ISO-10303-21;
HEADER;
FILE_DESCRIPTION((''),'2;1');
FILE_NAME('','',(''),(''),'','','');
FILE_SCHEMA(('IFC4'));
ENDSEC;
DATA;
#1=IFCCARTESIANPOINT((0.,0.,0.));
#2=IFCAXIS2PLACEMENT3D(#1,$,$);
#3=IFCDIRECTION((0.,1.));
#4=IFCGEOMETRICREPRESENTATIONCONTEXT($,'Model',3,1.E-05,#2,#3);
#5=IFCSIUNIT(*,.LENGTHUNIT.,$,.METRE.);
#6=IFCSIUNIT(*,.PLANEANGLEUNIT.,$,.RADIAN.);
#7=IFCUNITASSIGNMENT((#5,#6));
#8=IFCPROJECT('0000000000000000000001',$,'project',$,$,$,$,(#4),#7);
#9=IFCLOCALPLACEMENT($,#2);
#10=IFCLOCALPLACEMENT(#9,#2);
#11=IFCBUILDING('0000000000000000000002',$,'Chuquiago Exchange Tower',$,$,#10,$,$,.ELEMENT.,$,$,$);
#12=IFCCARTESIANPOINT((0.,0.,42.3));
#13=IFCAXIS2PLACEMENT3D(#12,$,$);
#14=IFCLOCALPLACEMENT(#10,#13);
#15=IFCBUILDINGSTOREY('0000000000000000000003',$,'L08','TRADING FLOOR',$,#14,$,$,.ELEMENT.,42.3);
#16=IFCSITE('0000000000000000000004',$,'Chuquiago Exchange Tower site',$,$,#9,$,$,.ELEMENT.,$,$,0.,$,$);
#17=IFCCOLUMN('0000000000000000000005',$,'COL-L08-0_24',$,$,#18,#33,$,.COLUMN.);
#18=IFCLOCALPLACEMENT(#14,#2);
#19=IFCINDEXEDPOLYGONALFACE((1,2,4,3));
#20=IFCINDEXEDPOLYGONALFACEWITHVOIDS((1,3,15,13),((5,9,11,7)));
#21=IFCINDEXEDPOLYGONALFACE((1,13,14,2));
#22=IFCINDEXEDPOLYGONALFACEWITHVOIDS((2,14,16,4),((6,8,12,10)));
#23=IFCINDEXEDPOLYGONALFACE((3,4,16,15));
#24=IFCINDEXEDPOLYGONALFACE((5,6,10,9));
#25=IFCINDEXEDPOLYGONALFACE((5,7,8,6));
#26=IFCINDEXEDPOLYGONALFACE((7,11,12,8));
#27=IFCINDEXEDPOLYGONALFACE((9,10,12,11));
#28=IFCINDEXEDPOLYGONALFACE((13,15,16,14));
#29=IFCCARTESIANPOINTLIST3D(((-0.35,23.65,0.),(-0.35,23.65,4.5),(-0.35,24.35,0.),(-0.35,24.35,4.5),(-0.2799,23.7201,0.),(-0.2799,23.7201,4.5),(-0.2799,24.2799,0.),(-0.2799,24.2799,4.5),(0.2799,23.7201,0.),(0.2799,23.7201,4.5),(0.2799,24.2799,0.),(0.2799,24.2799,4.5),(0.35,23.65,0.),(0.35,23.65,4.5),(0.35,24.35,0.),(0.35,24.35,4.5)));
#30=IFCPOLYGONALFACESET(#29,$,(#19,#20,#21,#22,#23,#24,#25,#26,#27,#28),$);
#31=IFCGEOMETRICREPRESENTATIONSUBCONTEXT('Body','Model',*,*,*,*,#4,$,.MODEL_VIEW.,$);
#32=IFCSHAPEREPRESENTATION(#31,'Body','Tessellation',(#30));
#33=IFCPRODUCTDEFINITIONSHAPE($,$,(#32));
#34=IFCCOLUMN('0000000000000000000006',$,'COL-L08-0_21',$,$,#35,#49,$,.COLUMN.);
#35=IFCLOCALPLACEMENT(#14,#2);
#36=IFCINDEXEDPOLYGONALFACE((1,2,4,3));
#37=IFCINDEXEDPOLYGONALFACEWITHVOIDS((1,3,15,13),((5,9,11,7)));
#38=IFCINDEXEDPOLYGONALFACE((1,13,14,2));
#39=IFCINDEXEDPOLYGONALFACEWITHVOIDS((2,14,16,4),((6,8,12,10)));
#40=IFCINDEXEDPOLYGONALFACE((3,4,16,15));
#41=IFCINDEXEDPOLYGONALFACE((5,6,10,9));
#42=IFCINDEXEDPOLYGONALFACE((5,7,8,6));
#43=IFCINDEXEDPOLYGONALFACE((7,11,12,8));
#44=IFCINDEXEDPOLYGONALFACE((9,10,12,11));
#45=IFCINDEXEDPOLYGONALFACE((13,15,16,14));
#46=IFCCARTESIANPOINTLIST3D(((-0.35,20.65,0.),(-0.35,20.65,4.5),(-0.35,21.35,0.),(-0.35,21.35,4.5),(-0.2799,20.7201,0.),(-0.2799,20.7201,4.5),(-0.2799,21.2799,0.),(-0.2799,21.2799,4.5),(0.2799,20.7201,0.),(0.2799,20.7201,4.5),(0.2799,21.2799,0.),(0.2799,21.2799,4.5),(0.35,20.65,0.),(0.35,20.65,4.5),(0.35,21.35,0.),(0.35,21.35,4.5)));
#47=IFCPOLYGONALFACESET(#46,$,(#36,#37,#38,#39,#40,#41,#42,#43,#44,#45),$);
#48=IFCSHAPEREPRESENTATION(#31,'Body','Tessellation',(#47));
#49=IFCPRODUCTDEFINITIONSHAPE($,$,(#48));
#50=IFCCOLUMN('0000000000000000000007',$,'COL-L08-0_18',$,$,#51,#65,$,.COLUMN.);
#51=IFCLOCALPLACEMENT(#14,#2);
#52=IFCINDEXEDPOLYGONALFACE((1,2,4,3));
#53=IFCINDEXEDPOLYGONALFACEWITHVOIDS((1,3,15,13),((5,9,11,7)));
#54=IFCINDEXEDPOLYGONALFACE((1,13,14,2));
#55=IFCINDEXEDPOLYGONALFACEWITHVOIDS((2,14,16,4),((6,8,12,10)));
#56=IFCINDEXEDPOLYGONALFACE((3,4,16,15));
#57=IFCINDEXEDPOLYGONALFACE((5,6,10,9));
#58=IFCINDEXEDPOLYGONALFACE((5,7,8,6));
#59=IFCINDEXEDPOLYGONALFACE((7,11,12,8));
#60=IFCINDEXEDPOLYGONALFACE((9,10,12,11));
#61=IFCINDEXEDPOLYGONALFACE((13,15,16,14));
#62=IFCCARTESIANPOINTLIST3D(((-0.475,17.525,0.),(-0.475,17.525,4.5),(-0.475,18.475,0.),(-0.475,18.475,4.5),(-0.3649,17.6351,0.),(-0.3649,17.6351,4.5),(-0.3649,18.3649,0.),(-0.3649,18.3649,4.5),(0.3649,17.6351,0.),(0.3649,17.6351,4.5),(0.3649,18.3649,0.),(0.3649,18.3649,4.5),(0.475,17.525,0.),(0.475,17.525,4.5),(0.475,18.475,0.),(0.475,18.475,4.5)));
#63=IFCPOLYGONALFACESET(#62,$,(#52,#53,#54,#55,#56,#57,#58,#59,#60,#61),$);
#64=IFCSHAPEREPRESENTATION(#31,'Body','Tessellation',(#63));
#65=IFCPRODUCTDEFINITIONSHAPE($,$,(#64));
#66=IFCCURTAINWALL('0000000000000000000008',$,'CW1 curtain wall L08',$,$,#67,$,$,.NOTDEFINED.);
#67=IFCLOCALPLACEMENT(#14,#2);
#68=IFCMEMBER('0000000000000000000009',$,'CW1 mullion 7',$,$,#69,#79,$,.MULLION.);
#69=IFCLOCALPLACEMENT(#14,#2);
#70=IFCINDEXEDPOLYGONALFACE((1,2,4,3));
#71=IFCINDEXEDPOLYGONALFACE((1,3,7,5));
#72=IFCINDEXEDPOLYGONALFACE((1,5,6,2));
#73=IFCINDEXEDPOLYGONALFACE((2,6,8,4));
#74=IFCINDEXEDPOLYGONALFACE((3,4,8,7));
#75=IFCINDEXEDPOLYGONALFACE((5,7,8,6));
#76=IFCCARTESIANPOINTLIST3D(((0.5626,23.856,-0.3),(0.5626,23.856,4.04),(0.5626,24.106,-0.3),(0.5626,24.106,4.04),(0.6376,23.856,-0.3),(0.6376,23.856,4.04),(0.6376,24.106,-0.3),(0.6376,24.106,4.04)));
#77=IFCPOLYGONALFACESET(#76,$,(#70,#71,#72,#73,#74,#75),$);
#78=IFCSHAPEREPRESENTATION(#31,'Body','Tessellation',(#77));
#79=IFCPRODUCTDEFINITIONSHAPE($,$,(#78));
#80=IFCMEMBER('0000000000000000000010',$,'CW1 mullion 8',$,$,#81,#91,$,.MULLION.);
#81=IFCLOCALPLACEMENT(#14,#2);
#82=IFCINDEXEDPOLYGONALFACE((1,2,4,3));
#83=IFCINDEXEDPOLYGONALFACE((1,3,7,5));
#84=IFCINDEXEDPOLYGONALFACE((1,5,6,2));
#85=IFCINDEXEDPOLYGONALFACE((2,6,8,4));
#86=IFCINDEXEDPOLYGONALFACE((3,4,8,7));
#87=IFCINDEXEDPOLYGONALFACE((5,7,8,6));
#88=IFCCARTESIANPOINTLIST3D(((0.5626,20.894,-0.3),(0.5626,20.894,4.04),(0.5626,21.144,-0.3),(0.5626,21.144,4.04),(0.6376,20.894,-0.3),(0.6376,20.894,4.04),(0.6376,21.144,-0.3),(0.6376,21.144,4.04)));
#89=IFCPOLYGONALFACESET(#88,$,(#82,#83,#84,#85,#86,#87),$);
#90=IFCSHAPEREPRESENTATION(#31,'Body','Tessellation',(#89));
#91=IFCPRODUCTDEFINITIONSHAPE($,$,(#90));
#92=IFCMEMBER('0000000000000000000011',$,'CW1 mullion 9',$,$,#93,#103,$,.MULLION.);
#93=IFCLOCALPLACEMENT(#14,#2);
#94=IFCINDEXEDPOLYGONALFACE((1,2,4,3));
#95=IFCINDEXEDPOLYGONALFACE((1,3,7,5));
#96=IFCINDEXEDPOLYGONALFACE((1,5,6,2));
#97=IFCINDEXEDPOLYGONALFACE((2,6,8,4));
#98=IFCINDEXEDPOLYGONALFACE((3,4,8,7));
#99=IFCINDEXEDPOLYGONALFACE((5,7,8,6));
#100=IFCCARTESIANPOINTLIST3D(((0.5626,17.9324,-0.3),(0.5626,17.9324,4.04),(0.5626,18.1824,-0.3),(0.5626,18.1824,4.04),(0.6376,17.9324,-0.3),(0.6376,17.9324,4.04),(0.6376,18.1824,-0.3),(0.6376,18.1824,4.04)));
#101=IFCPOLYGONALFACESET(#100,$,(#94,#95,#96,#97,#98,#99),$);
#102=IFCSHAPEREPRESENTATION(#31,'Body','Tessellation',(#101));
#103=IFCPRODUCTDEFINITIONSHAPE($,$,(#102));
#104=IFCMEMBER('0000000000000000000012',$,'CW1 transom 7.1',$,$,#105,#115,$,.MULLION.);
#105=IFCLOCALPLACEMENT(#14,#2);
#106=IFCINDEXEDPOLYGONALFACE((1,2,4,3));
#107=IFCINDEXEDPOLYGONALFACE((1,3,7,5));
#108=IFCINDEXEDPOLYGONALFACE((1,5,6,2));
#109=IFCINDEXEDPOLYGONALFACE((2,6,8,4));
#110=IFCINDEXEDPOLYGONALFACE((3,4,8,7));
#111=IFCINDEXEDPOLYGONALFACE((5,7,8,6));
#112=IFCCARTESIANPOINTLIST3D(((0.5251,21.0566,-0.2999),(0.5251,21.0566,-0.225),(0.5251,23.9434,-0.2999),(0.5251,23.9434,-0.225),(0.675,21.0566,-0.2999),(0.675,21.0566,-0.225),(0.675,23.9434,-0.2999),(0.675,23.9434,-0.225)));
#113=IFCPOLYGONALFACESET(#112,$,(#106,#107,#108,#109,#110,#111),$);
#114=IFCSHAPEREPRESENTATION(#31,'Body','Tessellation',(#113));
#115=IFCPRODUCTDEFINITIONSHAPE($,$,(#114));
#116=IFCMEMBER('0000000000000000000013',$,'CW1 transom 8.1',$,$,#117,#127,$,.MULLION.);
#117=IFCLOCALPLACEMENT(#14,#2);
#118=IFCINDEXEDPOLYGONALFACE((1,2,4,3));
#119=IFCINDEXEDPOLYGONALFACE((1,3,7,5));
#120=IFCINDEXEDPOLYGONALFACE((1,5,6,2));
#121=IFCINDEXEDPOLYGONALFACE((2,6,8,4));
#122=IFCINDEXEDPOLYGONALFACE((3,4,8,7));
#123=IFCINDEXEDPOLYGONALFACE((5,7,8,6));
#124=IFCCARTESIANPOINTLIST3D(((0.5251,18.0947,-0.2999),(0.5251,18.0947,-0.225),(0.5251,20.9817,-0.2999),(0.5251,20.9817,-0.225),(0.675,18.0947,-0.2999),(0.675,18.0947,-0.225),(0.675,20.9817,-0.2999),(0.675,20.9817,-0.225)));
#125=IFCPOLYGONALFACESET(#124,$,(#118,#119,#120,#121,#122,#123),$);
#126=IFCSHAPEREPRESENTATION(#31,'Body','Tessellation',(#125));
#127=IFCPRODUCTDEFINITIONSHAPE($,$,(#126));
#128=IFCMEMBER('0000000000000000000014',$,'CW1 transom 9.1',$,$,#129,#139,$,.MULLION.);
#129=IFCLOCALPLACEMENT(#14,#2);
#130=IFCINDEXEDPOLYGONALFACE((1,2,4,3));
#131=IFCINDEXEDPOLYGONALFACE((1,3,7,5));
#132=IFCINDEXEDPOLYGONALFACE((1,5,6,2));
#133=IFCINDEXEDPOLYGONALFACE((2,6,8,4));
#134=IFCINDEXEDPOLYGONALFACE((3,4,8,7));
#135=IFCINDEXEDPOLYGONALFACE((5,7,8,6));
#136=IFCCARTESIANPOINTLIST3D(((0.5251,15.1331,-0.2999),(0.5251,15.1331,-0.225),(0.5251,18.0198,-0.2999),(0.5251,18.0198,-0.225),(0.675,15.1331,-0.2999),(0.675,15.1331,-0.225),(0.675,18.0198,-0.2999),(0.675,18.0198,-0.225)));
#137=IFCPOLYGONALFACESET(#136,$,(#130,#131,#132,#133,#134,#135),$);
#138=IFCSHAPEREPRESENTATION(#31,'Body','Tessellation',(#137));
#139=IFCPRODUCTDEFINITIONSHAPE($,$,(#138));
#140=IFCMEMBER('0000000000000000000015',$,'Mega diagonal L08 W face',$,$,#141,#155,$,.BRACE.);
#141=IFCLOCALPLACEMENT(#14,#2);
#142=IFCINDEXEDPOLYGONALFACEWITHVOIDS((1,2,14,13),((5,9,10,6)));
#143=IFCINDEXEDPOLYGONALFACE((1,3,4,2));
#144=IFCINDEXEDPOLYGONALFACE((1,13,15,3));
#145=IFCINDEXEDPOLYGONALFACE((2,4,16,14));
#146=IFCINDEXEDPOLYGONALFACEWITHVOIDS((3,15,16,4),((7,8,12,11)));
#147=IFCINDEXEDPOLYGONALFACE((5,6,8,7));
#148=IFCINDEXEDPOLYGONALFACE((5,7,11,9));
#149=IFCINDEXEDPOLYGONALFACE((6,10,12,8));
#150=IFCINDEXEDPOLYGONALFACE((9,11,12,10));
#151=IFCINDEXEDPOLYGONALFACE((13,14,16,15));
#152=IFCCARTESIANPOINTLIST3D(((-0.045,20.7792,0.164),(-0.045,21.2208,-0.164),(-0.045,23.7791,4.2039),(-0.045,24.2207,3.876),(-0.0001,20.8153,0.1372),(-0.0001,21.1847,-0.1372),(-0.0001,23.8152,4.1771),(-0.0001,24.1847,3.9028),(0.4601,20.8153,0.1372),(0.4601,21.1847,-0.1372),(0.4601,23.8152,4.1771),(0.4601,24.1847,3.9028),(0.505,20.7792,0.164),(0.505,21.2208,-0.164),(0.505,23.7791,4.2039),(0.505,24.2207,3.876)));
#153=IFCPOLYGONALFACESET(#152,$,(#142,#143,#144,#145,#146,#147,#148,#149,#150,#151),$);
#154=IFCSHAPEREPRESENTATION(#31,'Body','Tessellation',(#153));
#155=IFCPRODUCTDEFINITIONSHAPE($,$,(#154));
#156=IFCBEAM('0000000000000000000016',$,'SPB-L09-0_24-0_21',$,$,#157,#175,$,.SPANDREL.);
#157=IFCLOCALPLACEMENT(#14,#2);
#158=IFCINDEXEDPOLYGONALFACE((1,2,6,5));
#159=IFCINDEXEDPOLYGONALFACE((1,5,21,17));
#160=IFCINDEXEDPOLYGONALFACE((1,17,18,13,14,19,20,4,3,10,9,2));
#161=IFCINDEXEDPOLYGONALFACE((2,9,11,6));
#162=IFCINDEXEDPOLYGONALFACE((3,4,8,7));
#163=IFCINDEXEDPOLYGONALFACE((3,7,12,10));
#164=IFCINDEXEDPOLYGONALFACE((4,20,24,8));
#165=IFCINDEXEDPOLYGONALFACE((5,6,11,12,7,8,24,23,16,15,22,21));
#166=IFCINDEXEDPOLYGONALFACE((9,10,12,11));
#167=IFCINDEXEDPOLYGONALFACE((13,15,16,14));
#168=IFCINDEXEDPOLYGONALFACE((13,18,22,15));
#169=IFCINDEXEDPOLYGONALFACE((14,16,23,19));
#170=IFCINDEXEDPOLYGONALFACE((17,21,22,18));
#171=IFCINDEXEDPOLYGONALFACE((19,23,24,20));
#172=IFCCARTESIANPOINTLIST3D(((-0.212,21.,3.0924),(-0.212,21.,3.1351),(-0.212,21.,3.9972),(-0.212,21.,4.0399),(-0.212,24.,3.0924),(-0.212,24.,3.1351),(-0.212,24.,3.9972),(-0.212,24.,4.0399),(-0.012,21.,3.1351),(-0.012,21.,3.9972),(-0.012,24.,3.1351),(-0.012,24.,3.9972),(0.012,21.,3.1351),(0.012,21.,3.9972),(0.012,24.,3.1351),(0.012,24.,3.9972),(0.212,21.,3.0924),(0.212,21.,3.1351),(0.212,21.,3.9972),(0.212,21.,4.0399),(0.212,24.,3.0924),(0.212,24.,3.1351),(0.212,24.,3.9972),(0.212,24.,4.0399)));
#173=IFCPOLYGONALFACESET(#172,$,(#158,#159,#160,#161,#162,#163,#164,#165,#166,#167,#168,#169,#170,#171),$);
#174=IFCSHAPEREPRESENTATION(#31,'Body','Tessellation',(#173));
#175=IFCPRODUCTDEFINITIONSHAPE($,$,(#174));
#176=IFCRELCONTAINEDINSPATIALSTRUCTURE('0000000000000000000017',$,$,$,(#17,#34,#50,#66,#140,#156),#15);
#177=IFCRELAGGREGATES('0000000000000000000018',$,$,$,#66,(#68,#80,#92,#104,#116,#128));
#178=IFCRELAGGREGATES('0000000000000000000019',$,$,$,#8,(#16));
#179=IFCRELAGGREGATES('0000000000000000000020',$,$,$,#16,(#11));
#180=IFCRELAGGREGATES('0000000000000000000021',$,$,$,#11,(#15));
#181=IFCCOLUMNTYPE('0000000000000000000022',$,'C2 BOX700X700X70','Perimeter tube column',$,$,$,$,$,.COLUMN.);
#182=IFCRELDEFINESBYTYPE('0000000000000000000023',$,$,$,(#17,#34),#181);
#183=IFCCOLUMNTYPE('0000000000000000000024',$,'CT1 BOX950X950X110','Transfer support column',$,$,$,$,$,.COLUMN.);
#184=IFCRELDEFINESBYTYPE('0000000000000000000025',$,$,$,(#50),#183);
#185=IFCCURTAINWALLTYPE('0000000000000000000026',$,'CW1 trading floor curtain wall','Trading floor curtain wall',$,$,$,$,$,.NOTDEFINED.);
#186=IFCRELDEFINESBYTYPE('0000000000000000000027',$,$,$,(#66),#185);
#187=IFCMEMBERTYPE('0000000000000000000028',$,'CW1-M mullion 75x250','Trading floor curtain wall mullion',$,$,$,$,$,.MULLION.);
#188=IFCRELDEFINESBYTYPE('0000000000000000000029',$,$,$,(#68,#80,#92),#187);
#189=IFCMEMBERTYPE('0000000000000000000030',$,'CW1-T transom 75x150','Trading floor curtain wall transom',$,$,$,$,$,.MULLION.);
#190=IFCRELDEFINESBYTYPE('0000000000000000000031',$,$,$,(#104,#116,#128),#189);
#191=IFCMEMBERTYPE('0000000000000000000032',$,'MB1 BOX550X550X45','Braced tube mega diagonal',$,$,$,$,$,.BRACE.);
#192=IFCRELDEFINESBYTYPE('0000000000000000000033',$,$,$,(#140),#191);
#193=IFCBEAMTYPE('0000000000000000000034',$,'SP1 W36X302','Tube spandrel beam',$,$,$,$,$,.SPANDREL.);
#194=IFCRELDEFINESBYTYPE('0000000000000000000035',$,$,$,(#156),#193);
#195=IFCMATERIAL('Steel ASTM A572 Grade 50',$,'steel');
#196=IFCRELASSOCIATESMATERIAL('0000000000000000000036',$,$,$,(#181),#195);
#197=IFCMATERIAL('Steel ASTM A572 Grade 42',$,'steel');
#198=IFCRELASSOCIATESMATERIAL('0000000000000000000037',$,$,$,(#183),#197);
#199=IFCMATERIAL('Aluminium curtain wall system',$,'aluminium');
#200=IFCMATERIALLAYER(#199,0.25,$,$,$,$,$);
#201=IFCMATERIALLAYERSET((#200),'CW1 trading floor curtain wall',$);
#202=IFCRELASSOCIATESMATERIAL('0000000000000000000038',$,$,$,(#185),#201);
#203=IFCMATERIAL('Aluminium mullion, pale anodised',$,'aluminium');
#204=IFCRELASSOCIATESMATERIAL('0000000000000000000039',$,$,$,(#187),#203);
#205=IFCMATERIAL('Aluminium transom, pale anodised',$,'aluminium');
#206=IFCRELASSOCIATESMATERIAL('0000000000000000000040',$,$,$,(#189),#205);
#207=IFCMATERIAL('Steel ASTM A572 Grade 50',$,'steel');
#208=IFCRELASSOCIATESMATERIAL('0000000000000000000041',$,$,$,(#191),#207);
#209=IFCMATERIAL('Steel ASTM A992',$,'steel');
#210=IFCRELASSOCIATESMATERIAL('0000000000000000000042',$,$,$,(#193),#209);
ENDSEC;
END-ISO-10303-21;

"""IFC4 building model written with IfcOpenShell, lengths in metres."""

from ifc_helpers import new_model, si_unit, direction, frame, origin, origin_2d, place, context, subcontext, project, spatial, rectangle, hollow_rectangle, i_section, extrude, material, layer, layer_set, material_profile, profile_set, type_object, element, aggregate, save


model = new_model("IFC4")

# Units and contexts
model_context = context("Model", 3, precision=1e-05, world=origin(), true_north=direction((0.0, 1.0)))
body_context = subcontext(model_context, "Body", "Model", "MODEL_VIEW")
ifc_project = project(units=[si_unit("LENGTHUNIT", "METRE"), si_unit("PLANEANGLEUNIT", "RADIAN")], contexts=[model_context])

# Site, building, storey
site_placement = place(None, origin())
site = spatial("IfcSite", under=ifc_project, at=site_placement, Name="Chuquiago Exchange Tower site", CompositionType="ELEMENT", RefElevation=0.0)
building_placement = place(site_placement, origin())
building = spatial("IfcBuilding", under=site, at=building_placement, Name="Chuquiago Exchange Tower", CompositionType="ELEMENT")
storey_placement = place(building_placement, frame((0.0, 0.0, 42.3)))
storey = spatial("IfcBuildingStorey", under=building, at=storey_placement, Name="L08", Description="TRADING FLOOR", CompositionType="ELEMENT", Elevation=42.3)

# Columns
ifc_material_1 = material(Name="Steel ASTM A572 Grade 50", Category="steel")
ifc_material_profile_1 = material_profile(ifc_material_1, hollow_rectangle(XDim=0.7, YDim=0.7, WallThickness=0.0701, at=origin_2d()), Name="BOX700X700X70")
ifc_profile_set_1 = profile_set([ifc_material_profile_1], Name="Steel ASTM A572 Grade 50")
column_type_1 = type_object("IfcColumnType", Name="C2 BOX700X700X70", Description="Perimeter tube column", PredefinedType="COLUMN", material=ifc_profile_set_1)
for number, where, z_axis, x_axis, name in (
    (1, (0.0, 24.0, 0.0), (0.0, 0.0, 1.0), (-1.0, 0.0, 0.0), "COL-L08-0_24"),
    (2, (0.0, 21.0, 0.0), (0.0, 0.0, 1.0), (-1.0, 0.0, 0.0), "COL-L08-0_21"),
):
    element("IfcColumn", number, at=place(storey_placement, frame(where, z_axis=z_axis, x_axis=x_axis)), inside=storey, type_object=column_type_1, Name=name, PredefinedType="COLUMN", context=body_context, shape_type="SweptSolid", body=[
        extrude(hollow_rectangle(XDim=0.7, YDim=0.7, WallThickness=0.0701, at=origin_2d()), origin(), (0.0, 0.0, 1.0), 4.5),
    ])
ifc_material_2 = material(Name="Steel ASTM A572 Grade 42", Category="steel")
ifc_material_profile_2 = material_profile(ifc_material_2, hollow_rectangle(XDim=0.95, YDim=0.95, WallThickness=0.1101, at=origin_2d()), Name="BOX950X950X110")
ifc_profile_set_2 = profile_set([ifc_material_profile_2], Name="Steel ASTM A572 Grade 42")
column_type_2 = type_object("IfcColumnType", Name="CT1 BOX950X950X110", Description="Transfer support column", PredefinedType="COLUMN", material=ifc_profile_set_2)
column_placement = place(storey_placement, frame((0.0, 18.0, 0.0), z_axis=(0.0, 0.0, 1.0), x_axis=(-1.0, 0.0, 0.0)))
element("IfcColumn", 3, at=column_placement, inside=storey, type_object=column_type_2, Name="COL-L08-0_18", PredefinedType="COLUMN", context=body_context, shape_type="SweptSolid", body=[
    extrude(hollow_rectangle(XDim=0.95, YDim=0.95, WallThickness=0.1101, at=origin_2d()), origin(), (0.0, 0.0, 1.0), 4.5),
])

# Curtain wall, members
ifc_material_3 = material(Name="Aluminium curtain wall system", Category="aluminium")
ifc_layer_1 = layer(ifc_material_3, 0.25)
ifc_layer_set_1 = layer_set([ifc_layer_1], Name="CW1 trading floor curtain wall")
curtain_wall_type = type_object("IfcCurtainWallType", Name="CW1 trading floor curtain wall", Description="Trading floor curtain wall", PredefinedType="NOTDEFINED", material=ifc_layer_set_1)
curtain_wall_placement = place(storey_placement, origin())
curtain_wall = element("IfcCurtainWall", 4, at=curtain_wall_placement, inside=storey, type_object=curtain_wall_type, Name="CW1 curtain wall L08", PredefinedType="NOTDEFINED")
ifc_material_4 = material(Name="Aluminium mullion, pale anodised", Category="aluminium")
ifc_material_profile_3 = material_profile(ifc_material_4, rectangle(XDim=0.075, YDim=0.25, at=origin_2d()), Name="AL 75x250")
ifc_profile_set_3 = profile_set([ifc_material_profile_3], Name="Aluminium mullion, pale anodised")
member_type_1 = type_object("IfcMemberType", Name="CW1-M mullion 75x250", Description="Trading floor curtain wall mullion", PredefinedType="MULLION", material=ifc_profile_set_3)
member_1_placement = place(storey_placement, frame((0.6001, 23.981, -0.3), z_axis=(0.0, 0.0, 1.0), x_axis=(1.0, 0.0, 0.0)))
member_1 = element("IfcMember", 5, at=member_1_placement, type_object=member_type_1, Name="CW1 mullion 7", PredefinedType="MULLION", context=body_context, shape_type="SweptSolid", body=[
    extrude(rectangle(XDim=0.075, YDim=0.25, at=origin_2d()), origin(), (0.0, 0.0, 1.0), 4.3401),
])
member_2_placement = place(storey_placement, frame((0.6001, 21.019, -0.3), z_axis=(0.0, 0.0, 1.0), x_axis=(1.0, 0.0, 0.0)))
member_2 = element("IfcMember", 6, at=member_2_placement, type_object=member_type_1, Name="CW1 mullion 8", PredefinedType="MULLION", context=body_context, shape_type="SweptSolid", body=[
    extrude(rectangle(XDim=0.075, YDim=0.25, at=origin_2d()), origin(), (0.0, 0.0, 1.0), 4.3401),
])
member_3_placement = place(storey_placement, frame((0.6001, 18.0574, -0.3), z_axis=(0.0, 0.0, 1.0), x_axis=(1.0, 0.0, 0.0)))
member_3 = element("IfcMember", 7, at=member_3_placement, type_object=member_type_1, Name="CW1 mullion 9", PredefinedType="MULLION", context=body_context, shape_type="SweptSolid", body=[
    extrude(rectangle(XDim=0.075, YDim=0.25, at=origin_2d()), origin(), (0.0, 0.0, 1.0), 4.3401),
])
ifc_material_5 = material(Name="Aluminium transom, pale anodised", Category="aluminium")
ifc_material_profile_4 = material_profile(ifc_material_5, rectangle(XDim=0.1499, YDim=0.075, at=origin_2d()), Name="AL 150x75")
ifc_profile_set_4 = profile_set([ifc_material_profile_4], Name="Aluminium transom, pale anodised")
member_type_2 = type_object("IfcMemberType", Name="CW1-T transom 75x150", Description="Trading floor curtain wall transom", PredefinedType="MULLION", material=ifc_profile_set_4)
member_4_placement = place(storey_placement, frame((0.6001, 23.9434, -0.2625), z_axis=(0.0, -1.0, 0.0), x_axis=(1.0, 0.0, 0.0)))
member_4 = element("IfcMember", 8, at=member_4_placement, type_object=member_type_2, Name="CW1 transom 7.1", PredefinedType="MULLION", context=body_context, shape_type="SweptSolid", body=[
    extrude(rectangle(XDim=0.1499, YDim=0.075, at=origin_2d()), origin(), (0.0, 0.0, 1.0), 2.8867),
])
member_5_placement = place(storey_placement, frame((0.6001, 20.9817, -0.2625), z_axis=(0.0, -1.0, 0.0), x_axis=(1.0, 0.0, 0.0)))
member_5 = element("IfcMember", 9, at=member_5_placement, type_object=member_type_2, Name="CW1 transom 8.1", PredefinedType="MULLION", context=body_context, shape_type="SweptSolid", body=[
    extrude(rectangle(XDim=0.1499, YDim=0.075, at=origin_2d()), origin(), (0.0, 0.0, 1.0), 2.887),
])
member_6_placement = place(storey_placement, frame((0.6001, 18.0198, -0.2625), z_axis=(0.0, -1.0, 0.0), x_axis=(1.0, 0.0, 0.0)))
member_6 = element("IfcMember", 10, at=member_6_placement, type_object=member_type_2, Name="CW1 transom 9.1", PredefinedType="MULLION", context=body_context, shape_type="SweptSolid", body=[
    extrude(rectangle(XDim=0.1499, YDim=0.075, at=origin_2d()), origin(), (0.0, 0.0, 1.0), 2.8867),
])

# Member
ifc_material_6 = material(Name="Steel ASTM A572 Grade 50", Category="steel")
ifc_material_profile_5 = material_profile(ifc_material_6, hollow_rectangle(XDim=0.55, YDim=0.55, WallThickness=0.0449, at=origin_2d()), Name="BOX550X550X45")
ifc_profile_set_5 = profile_set([ifc_material_profile_5], Name="Steel ASTM A572 Grade 50")
member_type_3 = type_object("IfcMemberType", Name="MB1 BOX550X550X45", Description="Braced tube mega diagonal", PredefinedType="BRACE", material=ifc_profile_set_5)
member_7_placement = place(storey_placement, frame((0.23, 21.0, 0.0), z_axis=(0.0, 0.596174, 0.802855), x_axis=(-1.0, 0.0, 0.0)))
element("IfcMember", 11, at=member_7_placement, inside=storey, type_object=member_type_3, Name="Mega diagonal L08 W face", PredefinedType="BRACE", context=body_context, shape_type="SweptSolid", body=[
    extrude(hollow_rectangle(XDim=0.55, YDim=0.55, WallThickness=0.0449, at=origin_2d()), origin(), (0.0, 0.0, 1.0), 5.032),
])

# Beam
ifc_material_7 = material(Name="Steel ASTM A992", Category="steel")
ifc_material_profile_6 = material_profile(ifc_material_7, i_section(OverallWidth=0.4241, OverallDepth=0.9475, WebThickness=0.0239, FlangeThickness=0.0427, at=origin_2d()), Name="W36X302")
ifc_profile_set_6 = profile_set([ifc_material_profile_6], Name="Steel ASTM A992")
beam_type = type_object("IfcBeamType", Name="SP1 W36X302", Description="Tube spandrel beam", PredefinedType="SPANDREL", material=ifc_profile_set_6)
for number, where, z_axis, x_axis, name in (
    (12, (0.0, 24.0, 3.5662), (0.0, -1.0, 0.0), (1.0, 0.0, 0.0), "SPB-L09-0_24-0_21"),
):
    element("IfcBeam", number, at=place(storey_placement, frame(where, z_axis=z_axis, x_axis=x_axis)), inside=storey, type_object=beam_type, Name=name, PredefinedType="SPANDREL", context=body_context, shape_type="SweptSolid", body=[
        extrude(i_section(OverallWidth=0.4241, OverallDepth=0.9475, WebThickness=0.0239, FlangeThickness=0.0427, at=origin_2d()), origin(), (0.0, 0.0, 1.0), 3.0),
    ])

aggregate(curtain_wall, [member_1, member_2, member_3, member_4, member_5, member_6])

save(model, "model.ifc")
